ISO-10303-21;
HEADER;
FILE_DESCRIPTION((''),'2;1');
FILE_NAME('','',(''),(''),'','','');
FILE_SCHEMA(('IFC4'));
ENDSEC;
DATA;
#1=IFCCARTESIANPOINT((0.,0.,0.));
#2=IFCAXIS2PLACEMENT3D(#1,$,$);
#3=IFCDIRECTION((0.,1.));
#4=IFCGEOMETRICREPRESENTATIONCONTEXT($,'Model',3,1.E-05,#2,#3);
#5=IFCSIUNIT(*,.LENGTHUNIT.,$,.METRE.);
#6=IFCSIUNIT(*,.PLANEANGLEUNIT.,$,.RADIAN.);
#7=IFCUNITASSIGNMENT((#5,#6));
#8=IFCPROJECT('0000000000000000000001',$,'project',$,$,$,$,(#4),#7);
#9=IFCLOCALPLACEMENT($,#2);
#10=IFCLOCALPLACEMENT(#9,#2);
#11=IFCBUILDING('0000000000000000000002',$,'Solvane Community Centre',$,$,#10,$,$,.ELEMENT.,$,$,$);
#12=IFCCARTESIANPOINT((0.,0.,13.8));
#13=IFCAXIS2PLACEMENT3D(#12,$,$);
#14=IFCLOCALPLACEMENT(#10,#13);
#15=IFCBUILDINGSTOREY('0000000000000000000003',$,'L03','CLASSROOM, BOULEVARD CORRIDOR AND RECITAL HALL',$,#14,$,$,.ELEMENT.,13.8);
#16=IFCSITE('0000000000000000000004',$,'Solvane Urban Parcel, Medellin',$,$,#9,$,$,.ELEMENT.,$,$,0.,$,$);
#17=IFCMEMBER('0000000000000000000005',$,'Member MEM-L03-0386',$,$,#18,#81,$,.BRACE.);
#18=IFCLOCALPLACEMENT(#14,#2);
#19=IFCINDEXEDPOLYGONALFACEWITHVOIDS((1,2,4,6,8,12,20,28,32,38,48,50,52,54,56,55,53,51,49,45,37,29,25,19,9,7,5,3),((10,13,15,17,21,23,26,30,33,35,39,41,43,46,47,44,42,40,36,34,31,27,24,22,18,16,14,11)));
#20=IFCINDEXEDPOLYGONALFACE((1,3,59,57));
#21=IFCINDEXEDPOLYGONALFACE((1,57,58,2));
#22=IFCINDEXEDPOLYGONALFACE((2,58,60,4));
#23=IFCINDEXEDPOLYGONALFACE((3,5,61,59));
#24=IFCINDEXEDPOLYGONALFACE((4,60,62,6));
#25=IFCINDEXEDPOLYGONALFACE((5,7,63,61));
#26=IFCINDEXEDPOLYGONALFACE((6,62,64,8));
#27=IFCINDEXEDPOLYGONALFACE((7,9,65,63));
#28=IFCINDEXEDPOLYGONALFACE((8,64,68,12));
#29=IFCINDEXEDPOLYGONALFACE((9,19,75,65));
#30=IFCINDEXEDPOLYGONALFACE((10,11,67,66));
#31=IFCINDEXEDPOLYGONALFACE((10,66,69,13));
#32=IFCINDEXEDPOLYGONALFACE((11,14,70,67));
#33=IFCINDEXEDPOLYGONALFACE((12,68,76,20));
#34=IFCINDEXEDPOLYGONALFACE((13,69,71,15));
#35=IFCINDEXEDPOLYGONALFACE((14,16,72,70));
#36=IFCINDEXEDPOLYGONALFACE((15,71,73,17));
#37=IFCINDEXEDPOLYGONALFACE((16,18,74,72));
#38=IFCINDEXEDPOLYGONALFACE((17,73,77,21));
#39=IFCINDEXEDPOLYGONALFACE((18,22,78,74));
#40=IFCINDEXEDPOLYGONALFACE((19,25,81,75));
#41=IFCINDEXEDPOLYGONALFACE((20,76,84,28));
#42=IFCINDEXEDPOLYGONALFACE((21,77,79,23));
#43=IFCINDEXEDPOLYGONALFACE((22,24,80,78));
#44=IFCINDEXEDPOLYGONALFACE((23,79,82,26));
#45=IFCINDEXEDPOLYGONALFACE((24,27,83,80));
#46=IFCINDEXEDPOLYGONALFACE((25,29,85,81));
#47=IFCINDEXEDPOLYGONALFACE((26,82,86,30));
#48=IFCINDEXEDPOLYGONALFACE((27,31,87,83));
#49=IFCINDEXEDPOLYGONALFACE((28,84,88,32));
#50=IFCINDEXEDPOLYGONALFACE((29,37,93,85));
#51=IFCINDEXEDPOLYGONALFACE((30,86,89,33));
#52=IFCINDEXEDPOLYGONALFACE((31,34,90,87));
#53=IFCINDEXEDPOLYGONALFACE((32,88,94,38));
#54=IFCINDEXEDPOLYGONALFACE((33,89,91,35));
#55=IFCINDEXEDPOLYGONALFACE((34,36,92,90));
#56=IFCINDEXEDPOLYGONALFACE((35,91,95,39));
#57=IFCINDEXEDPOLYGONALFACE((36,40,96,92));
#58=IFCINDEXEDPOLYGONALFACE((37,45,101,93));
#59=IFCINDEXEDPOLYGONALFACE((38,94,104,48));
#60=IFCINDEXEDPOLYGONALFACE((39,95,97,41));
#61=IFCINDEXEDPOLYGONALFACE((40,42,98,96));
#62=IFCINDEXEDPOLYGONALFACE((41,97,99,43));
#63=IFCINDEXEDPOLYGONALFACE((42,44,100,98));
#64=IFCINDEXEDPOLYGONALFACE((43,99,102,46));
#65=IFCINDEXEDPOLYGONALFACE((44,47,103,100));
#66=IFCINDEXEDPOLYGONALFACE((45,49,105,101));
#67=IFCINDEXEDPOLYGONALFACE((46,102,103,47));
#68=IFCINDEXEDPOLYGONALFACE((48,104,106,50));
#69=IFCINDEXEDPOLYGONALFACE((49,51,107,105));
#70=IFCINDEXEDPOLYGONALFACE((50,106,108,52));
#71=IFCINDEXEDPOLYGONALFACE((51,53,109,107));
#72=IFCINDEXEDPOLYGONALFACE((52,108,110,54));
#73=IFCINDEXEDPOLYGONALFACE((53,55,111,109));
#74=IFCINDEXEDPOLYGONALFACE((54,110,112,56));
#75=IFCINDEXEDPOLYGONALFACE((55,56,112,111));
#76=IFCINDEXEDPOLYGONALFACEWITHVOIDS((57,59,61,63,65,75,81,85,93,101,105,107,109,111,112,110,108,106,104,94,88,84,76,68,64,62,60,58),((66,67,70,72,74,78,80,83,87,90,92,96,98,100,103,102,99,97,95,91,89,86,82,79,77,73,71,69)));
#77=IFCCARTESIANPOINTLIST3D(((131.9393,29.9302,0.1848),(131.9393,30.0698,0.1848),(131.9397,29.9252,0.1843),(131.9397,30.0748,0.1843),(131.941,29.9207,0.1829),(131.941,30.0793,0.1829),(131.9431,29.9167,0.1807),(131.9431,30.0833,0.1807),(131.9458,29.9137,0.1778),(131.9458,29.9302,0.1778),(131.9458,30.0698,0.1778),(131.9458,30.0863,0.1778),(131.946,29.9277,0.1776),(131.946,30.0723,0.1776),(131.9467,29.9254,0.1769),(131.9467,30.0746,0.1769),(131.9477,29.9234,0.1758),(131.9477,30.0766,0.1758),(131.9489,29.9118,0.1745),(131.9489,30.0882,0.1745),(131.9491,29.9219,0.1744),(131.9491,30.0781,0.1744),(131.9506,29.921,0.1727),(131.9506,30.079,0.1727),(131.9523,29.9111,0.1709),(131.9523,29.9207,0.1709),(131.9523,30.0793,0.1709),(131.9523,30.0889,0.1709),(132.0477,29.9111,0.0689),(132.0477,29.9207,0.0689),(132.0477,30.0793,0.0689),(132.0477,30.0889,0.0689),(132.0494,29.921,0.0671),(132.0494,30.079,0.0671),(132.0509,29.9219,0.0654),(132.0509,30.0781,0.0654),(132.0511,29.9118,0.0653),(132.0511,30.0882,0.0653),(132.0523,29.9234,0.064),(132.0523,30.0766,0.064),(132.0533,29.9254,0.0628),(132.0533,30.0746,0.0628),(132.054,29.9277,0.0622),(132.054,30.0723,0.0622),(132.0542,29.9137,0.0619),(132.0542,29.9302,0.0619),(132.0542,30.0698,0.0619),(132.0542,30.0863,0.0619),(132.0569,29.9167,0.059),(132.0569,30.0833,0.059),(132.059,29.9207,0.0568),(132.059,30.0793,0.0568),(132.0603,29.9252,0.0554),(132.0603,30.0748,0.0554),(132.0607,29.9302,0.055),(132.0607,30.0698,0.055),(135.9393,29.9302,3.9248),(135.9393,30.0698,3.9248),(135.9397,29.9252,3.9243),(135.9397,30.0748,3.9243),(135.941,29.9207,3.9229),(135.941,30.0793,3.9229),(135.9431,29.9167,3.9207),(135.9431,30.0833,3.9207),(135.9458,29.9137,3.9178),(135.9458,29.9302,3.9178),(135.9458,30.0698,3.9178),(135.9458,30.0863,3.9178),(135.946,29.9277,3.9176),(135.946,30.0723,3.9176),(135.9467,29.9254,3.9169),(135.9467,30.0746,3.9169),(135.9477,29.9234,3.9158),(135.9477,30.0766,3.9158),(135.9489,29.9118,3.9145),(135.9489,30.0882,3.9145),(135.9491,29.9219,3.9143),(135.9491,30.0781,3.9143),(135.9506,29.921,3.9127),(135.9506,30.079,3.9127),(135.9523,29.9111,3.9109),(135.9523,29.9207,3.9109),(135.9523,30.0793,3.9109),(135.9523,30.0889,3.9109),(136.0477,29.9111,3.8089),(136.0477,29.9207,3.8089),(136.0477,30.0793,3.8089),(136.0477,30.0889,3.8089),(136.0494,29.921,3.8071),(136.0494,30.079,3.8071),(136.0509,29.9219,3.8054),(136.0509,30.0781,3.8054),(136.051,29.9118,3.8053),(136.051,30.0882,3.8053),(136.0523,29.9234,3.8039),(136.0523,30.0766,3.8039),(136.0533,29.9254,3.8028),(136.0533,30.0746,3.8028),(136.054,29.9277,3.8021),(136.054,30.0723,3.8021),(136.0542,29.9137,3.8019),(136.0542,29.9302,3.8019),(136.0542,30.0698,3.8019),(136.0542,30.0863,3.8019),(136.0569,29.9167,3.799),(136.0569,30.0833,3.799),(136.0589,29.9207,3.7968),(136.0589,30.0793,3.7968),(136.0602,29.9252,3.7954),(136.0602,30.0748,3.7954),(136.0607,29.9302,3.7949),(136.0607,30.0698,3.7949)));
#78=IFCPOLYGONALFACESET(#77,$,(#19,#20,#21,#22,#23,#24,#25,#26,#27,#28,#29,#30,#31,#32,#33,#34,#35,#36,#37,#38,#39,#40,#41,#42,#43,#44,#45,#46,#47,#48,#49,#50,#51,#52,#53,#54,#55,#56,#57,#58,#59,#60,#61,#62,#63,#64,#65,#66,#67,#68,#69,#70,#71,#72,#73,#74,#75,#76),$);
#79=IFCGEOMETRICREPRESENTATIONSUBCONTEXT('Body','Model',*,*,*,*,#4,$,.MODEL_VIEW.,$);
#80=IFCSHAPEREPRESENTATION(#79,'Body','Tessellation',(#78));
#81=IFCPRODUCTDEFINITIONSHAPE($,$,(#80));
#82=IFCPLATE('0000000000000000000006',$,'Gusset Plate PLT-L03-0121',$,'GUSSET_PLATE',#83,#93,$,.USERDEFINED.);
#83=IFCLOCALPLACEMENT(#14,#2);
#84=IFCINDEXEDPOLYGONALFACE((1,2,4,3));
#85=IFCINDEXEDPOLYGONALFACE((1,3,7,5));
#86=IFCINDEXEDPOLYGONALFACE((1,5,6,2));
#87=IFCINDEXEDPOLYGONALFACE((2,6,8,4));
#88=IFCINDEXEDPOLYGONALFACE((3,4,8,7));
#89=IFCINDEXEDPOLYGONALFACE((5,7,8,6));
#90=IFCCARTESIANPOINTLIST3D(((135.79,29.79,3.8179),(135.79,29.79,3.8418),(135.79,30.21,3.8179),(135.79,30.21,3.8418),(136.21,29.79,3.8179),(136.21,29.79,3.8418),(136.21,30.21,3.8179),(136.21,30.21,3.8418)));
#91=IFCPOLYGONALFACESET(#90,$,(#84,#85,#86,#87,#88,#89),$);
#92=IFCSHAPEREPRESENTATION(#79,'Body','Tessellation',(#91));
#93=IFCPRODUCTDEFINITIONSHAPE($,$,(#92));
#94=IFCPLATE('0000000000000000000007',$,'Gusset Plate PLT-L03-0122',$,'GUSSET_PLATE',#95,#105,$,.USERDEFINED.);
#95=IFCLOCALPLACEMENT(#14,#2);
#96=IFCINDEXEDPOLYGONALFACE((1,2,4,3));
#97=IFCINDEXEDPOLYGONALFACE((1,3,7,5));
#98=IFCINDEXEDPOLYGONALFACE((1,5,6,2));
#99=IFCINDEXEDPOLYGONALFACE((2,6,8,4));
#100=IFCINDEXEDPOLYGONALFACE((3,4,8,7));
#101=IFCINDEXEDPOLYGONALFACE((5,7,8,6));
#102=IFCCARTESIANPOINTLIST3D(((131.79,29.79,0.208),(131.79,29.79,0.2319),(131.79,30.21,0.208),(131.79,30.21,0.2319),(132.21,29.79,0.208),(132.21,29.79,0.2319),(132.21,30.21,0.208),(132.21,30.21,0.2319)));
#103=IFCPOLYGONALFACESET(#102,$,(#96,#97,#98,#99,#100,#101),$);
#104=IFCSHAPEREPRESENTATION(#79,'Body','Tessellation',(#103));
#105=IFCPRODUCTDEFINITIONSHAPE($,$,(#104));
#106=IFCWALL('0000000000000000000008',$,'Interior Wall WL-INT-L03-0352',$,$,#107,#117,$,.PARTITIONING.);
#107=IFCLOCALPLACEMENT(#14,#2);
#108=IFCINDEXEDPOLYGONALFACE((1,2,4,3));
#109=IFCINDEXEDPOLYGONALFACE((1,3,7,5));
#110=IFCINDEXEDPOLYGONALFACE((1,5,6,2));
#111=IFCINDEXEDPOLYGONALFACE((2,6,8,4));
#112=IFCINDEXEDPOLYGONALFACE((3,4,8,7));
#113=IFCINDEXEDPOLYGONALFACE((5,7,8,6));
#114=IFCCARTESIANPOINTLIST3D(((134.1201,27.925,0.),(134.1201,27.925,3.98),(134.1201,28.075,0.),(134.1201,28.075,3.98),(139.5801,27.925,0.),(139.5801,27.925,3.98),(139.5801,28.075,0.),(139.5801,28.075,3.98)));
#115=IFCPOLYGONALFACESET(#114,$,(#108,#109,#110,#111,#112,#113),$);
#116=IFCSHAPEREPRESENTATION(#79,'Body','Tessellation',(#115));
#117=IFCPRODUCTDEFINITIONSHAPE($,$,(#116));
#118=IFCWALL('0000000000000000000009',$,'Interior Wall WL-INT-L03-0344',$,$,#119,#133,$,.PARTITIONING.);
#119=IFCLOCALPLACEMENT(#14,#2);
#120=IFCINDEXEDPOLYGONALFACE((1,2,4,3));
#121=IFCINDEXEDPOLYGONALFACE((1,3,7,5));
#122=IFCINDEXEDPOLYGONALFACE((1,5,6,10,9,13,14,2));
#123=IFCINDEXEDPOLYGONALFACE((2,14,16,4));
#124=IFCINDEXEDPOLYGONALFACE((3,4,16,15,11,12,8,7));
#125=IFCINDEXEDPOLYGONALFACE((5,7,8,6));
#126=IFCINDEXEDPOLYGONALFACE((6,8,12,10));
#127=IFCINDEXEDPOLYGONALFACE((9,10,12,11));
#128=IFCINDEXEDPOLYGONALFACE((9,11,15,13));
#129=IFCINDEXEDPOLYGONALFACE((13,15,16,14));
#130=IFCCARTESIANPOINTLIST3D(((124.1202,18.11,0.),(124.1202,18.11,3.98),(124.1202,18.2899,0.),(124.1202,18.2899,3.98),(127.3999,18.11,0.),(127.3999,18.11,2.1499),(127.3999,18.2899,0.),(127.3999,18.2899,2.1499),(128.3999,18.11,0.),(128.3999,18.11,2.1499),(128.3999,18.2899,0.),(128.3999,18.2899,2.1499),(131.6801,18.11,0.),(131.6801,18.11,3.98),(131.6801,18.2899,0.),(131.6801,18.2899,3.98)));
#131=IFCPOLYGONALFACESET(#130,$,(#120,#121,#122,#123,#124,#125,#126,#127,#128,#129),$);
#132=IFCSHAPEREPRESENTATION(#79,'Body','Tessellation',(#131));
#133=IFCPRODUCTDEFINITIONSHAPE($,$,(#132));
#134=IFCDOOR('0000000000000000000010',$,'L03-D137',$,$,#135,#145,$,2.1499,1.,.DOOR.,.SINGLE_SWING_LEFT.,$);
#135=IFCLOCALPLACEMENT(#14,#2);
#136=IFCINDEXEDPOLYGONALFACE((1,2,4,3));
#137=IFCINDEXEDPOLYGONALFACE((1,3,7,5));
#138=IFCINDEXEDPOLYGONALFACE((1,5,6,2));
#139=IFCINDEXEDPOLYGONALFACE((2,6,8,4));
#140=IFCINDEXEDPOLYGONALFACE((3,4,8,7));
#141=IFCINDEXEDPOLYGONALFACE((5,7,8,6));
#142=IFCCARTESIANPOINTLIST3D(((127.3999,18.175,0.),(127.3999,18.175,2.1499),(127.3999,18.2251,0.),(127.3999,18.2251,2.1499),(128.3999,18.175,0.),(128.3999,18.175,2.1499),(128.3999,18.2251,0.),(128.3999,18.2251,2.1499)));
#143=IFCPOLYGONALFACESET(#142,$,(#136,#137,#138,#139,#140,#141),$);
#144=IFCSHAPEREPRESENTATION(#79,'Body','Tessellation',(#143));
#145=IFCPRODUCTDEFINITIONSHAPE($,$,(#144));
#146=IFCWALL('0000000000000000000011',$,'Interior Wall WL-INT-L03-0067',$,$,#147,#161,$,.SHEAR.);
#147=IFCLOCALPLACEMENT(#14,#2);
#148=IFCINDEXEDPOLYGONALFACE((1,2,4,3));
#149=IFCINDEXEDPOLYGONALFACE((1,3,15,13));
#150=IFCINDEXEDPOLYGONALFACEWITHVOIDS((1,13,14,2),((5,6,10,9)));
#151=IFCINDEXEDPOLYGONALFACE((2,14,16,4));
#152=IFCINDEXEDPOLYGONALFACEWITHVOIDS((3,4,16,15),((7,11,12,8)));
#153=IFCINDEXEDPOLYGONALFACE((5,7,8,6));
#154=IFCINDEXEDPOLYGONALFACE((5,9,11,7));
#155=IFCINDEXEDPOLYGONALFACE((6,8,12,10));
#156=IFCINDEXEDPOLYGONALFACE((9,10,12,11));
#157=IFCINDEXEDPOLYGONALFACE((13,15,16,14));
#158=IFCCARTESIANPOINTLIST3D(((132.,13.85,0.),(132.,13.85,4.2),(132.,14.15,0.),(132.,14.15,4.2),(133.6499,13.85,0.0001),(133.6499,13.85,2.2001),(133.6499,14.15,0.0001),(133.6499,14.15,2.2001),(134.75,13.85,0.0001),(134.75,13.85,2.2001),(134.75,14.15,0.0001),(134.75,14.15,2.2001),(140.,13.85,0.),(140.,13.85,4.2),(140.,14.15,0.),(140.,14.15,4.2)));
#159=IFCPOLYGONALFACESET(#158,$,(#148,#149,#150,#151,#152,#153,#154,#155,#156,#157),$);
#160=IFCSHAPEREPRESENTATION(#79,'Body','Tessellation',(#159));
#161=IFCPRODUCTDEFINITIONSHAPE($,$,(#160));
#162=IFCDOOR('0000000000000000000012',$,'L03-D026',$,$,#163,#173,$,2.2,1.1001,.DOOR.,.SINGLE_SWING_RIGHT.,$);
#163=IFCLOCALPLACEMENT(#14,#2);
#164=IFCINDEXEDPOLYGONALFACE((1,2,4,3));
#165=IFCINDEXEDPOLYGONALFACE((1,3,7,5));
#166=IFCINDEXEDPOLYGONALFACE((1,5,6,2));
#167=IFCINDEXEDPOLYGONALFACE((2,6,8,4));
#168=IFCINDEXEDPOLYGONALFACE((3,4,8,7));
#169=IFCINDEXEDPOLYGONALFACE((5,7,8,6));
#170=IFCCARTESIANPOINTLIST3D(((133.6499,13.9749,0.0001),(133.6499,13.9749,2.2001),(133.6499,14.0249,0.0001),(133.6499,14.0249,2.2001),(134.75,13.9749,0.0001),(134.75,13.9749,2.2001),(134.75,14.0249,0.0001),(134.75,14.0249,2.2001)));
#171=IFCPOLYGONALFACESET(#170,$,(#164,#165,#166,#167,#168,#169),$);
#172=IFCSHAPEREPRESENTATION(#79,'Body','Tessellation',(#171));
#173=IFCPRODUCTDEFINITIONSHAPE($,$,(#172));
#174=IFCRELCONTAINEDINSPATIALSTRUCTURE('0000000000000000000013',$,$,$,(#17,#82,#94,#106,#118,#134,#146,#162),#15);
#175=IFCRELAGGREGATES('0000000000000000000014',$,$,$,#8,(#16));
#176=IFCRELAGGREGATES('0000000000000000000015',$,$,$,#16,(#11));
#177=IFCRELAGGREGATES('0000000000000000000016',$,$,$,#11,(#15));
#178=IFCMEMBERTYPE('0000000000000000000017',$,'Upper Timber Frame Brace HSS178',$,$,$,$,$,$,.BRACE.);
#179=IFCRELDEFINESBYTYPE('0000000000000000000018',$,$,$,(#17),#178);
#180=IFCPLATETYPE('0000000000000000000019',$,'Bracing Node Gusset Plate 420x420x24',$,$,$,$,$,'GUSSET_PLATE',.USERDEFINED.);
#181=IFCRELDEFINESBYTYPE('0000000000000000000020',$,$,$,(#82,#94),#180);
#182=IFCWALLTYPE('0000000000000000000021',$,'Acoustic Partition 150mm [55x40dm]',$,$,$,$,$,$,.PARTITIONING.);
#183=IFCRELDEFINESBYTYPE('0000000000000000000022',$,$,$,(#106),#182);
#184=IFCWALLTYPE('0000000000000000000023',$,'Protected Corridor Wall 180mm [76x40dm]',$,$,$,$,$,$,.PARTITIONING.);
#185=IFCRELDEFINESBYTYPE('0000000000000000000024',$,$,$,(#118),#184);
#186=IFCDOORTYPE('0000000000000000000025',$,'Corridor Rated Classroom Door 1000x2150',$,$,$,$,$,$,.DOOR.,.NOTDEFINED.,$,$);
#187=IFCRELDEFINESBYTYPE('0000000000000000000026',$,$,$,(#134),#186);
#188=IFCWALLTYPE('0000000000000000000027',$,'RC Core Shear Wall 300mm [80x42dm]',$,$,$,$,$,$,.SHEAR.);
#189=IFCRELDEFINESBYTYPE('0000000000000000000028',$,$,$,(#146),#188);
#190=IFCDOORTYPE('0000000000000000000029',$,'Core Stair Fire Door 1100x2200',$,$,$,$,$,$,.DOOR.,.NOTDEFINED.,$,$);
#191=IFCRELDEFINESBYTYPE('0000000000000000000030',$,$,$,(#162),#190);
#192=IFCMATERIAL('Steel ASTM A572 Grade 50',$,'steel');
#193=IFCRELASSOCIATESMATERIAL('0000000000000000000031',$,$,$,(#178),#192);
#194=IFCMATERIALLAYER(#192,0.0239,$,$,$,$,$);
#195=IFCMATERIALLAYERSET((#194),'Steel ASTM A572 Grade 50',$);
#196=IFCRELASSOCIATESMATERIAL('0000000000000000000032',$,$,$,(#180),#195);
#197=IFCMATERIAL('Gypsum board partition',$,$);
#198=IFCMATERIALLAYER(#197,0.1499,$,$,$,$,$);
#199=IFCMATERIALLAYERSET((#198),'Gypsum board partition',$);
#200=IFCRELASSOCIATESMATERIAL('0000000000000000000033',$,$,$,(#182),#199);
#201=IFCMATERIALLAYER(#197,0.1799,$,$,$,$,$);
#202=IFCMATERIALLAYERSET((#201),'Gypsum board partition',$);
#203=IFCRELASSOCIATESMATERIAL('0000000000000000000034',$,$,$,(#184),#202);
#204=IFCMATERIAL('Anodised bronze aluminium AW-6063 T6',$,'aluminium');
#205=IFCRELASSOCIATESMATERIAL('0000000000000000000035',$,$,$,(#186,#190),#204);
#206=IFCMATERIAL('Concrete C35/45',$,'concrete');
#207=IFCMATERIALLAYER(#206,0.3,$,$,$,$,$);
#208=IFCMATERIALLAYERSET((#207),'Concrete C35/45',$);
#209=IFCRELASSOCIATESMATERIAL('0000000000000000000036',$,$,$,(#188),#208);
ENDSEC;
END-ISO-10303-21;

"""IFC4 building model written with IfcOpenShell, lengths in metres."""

from ifc_helpers import new_model, si_unit, direction, frame, frame_2d, origin, origin_2d, place, context, subcontext, project, spatial, rectangle, hollow_rectangle, extrude, material, layer, layer_set, material_profile, profile_set, type_object, element, fill, save


model = new_model("IFC4")

# Units and contexts
model_context = context("Model", 3, precision=1e-05, world=origin(), true_north=direction((0.0, 1.0)))
body_context = subcontext(model_context, "Body", "Model", "MODEL_VIEW")
ifc_project = project(units=[si_unit("LENGTHUNIT", "METRE"), si_unit("PLANEANGLEUNIT", "RADIAN")], contexts=[model_context])

# Site, building, storey
site_placement = place(None, origin())
site = spatial("IfcSite", under=ifc_project, at=site_placement, Name="Solvane Urban Parcel, Medellin", CompositionType="ELEMENT", RefElevation=0.0)
building_placement = place(site_placement, origin())
building = spatial("IfcBuilding", under=site, at=building_placement, Name="Solvane Community Centre", CompositionType="ELEMENT")
storey_placement = place(building_placement, frame((0.0, 0.0, 13.8)))
storey = spatial("IfcBuildingStorey", under=building, at=storey_placement, Name="L03", Description="CLASSROOM, BOULEVARD CORRIDOR AND RECITAL HALL", CompositionType="ELEMENT", Elevation=13.8)

# Member
ifc_material_1 = material(Name="Steel ASTM A572 Grade 50", Category="steel")
ifc_material_profile_1 = material_profile(ifc_material_1, hollow_rectangle(XDim=0.1777, YDim=0.1777, WallThickness=0.0095, InnerFilletRadius=0.0095, OuterFilletRadius=0.019, at=origin_2d()), Name="HSS 178x178x9.5")
ifc_profile_set_1 = profile_set([ifc_material_profile_1], Name="Steel ASTM A572 Grade 50")
member_type = type_object("IfcMemberType", Name="Upper Timber Frame Brace HSS178", PredefinedType="BRACE", material=ifc_profile_set_1)
member_placement = place(storey_placement, frame((132.0, 30.0, 0.1199), z_axis=(0.730449, 0.0, 0.682968), x_axis=(0.0, 1.0, 0.0)))
element("IfcMember", 1, at=member_placement, inside=storey, type_object=member_type, Name="Member MEM-L03-0386", PredefinedType="BRACE", context=body_context, shape_type="SweptSolid", body=[
    extrude(hollow_rectangle(XDim=0.1777, YDim=0.1777, WallThickness=0.0095, InnerFilletRadius=0.0095, OuterFilletRadius=0.019, at=origin_2d()), origin(), (0.0, 0.0, 1.0), 5.4761),
])

# Plates
ifc_layer_1 = layer(ifc_material_1, 0.0239)
ifc_layer_set_1 = layer_set([ifc_layer_1], Name="Steel ASTM A572 Grade 50")
plate_type = type_object("IfcPlateType", Name="Bracing Node Gusset Plate 420x420x24", ElementType="GUSSET_PLATE", PredefinedType="USERDEFINED", material=ifc_layer_set_1)
for number, where, z_axis, x_axis, name in (
    (2, (136.0, 30.0, 3.8179), (0.0, 0.0, 1.0), (1.0, 0.0, 0.0), "Gusset Plate PLT-L03-0121"),
    (3, (132.0, 30.0, 0.208), (0.0, 0.0, 1.0), (1.0, 0.0, 0.0), "Gusset Plate PLT-L03-0122"),
):
    element("IfcPlate", number, at=place(storey_placement, frame(where, z_axis=z_axis, x_axis=x_axis)), inside=storey, type_object=plate_type, Name=name, ObjectType="GUSSET_PLATE", PredefinedType="USERDEFINED", context=body_context, shape_type="SweptSolid", body=[
        extrude(rectangle(XDim=0.4199, YDim=0.4199, at=origin_2d()), origin(), (0.0, 0.0, 1.0), 0.0239),
    ])

# Wall
ifc_material_2 = material(Name="Gypsum board partition")
ifc_layer_2 = layer(ifc_material_2, 0.1499)
ifc_layer_set_2 = layer_set([ifc_layer_2], Name="Gypsum board partition")
wall_type_1 = type_object("IfcWallType", Name="Acoustic Partition 150mm [55x40dm]", PredefinedType="PARTITIONING", material=ifc_layer_set_2)
wall_1_placement = place(storey_placement, frame((139.5801, 28.0, 0.0), z_axis=(0.0, 0.0, 1.0), x_axis=(-1.0, 0.0, 0.0)))
element("IfcWall", 4, at=wall_1_placement, inside=storey, type_object=wall_type_1, Name="Interior Wall WL-INT-L03-0352", PredefinedType="PARTITIONING", context=body_context, shape_type="SweptSolid", body=[
    extrude(rectangle(XDim=5.46, YDim=0.1499, at=frame_2d((2.73, 0.0))), origin(), (0.0, 0.0, 1.0), 3.98),
])

# Walls, openings, doors
ifc_layer_3 = layer(ifc_material_2, 0.1799)
ifc_layer_set_3 = layer_set([ifc_layer_3], Name="Gypsum board partition")
wall_type_2 = type_object("IfcWallType", Name="Protected Corridor Wall 180mm [76x40dm]", PredefinedType="PARTITIONING", material=ifc_layer_set_3)
wall_2_placement = place(storey_placement, frame((131.6799, 18.2, 0.0), z_axis=(0.0, 0.0, 1.0), x_axis=(-1.0, 0.0, 0.0)))
wall_2 = element("IfcWall", 5, at=wall_2_placement, inside=storey, type_object=wall_type_2, Name="Interior Wall WL-INT-L03-0344", PredefinedType="PARTITIONING", context=body_context, shape_type="SweptSolid", body=[
    extrude(rectangle(XDim=7.5598, YDim=0.1799, at=frame_2d((3.7798, 0.0))), origin(), (0.0, 0.0, 1.0), 3.98),
])
opening_1_placement = place(wall_2_placement, frame((3.28, 0.0, 0.0)))
opening_1 = element("IfcOpeningElement", 6, at=opening_1_placement, cuts=wall_2, PredefinedType="OPENING", context=body_context, shape_type="SweptSolid", body=[
    extrude(rectangle(XDim=1.0, YDim=2.1499, at=frame_2d((0.5, 1.075))), frame((0.0, 0.0999, 0.0), z_axis=(0.0, -1.0, 0.0), x_axis=(1.0, 0.0, 0.0)), (0.0, 0.0, 1.0), 0.2),
])
ifc_material_3 = material(Name="Anodised bronze aluminium AW-6063 T6", Category="aluminium")
door_type_1 = type_object("IfcDoorType", Name="Corridor Rated Classroom Door 1000x2150", OperationType="NOTDEFINED", PredefinedType="DOOR", material=ifc_material_3)
door_1_placement = place(opening_1_placement, origin())
door_1 = element("IfcDoor", 7, at=door_1_placement, inside=storey, type_object=door_type_1, Name="L03-D137", OperationType="SINGLE_SWING_LEFT", OverallHeight=2.1499, OverallWidth=1.0, PredefinedType="DOOR", context=body_context, shape_type="SweptSolid", body=[
    extrude(rectangle(XDim=1.0, YDim=2.1499, at=frame_2d((0.5, 1.075))), frame((0.0, 0.0249, 0.0), z_axis=(0.0, -1.0, 0.0), x_axis=(1.0, 0.0, 0.0)), (0.0, 0.0, 1.0), 0.05),
])
fill(opening_1, door_1)
ifc_material_4 = material(Name="Concrete C35/45", Category="concrete")
ifc_layer_4 = layer(ifc_material_4, 0.3)
ifc_layer_set_4 = layer_set([ifc_layer_4], Name="Concrete C35/45")
wall_type_3 = type_object("IfcWallType", Name="RC Core Shear Wall 300mm [80x42dm]", PredefinedType="SHEAR", material=ifc_layer_set_4)
wall_3_placement = place(storey_placement, frame((132.0, 14.0, 0.0), z_axis=(0.0, 0.0, 1.0), x_axis=(1.0, 0.0, 0.0)))
wall_3 = element("IfcWall", 8, at=wall_3_placement, inside=storey, type_object=wall_type_3, Name="Interior Wall WL-INT-L03-0067", PredefinedType="SHEAR", context=body_context, shape_type="SweptSolid", body=[
    extrude(rectangle(XDim=8.0, YDim=0.3, at=frame_2d((4.0, 0.0))), origin(), (0.0, 0.0, 1.0), 4.2),
])
opening_2_placement = place(wall_3_placement, frame((1.6499, 0.0, 0.0)))
opening_2 = element("IfcOpeningElement", 9, at=opening_2_placement, cuts=wall_3, PredefinedType="OPENING", context=body_context, shape_type="SweptSolid", body=[
    extrude(rectangle(XDim=1.1001, YDim=2.2, at=frame_2d((0.55, 1.1001))), frame((0.0, 0.1599, 0.0), z_axis=(0.0, -1.0, 0.0), x_axis=(1.0, 0.0, 0.0)), (0.0, 0.0, 1.0), 0.3201),
])
door_type_2 = type_object("IfcDoorType", Name="Core Stair Fire Door 1100x2200", OperationType="NOTDEFINED", PredefinedType="DOOR", material=ifc_material_3)
door_2_placement = place(opening_2_placement, origin())
door_2 = element("IfcDoor", 10, at=door_2_placement, inside=storey, type_object=door_type_2, Name="L03-D026", OperationType="SINGLE_SWING_RIGHT", OverallHeight=2.2, OverallWidth=1.1001, PredefinedType="DOOR", context=body_context, shape_type="SweptSolid", body=[
    extrude(rectangle(XDim=1.1001, YDim=2.2, at=frame_2d((0.55, 1.1001))), frame((0.0, 0.0249, 0.0), z_axis=(0.0, -1.0, 0.0), x_axis=(1.0, 0.0, 0.0)), (0.0, 0.0, 1.0), 0.05),
])
fill(opening_2, door_2)

save(model, "model.ifc")
